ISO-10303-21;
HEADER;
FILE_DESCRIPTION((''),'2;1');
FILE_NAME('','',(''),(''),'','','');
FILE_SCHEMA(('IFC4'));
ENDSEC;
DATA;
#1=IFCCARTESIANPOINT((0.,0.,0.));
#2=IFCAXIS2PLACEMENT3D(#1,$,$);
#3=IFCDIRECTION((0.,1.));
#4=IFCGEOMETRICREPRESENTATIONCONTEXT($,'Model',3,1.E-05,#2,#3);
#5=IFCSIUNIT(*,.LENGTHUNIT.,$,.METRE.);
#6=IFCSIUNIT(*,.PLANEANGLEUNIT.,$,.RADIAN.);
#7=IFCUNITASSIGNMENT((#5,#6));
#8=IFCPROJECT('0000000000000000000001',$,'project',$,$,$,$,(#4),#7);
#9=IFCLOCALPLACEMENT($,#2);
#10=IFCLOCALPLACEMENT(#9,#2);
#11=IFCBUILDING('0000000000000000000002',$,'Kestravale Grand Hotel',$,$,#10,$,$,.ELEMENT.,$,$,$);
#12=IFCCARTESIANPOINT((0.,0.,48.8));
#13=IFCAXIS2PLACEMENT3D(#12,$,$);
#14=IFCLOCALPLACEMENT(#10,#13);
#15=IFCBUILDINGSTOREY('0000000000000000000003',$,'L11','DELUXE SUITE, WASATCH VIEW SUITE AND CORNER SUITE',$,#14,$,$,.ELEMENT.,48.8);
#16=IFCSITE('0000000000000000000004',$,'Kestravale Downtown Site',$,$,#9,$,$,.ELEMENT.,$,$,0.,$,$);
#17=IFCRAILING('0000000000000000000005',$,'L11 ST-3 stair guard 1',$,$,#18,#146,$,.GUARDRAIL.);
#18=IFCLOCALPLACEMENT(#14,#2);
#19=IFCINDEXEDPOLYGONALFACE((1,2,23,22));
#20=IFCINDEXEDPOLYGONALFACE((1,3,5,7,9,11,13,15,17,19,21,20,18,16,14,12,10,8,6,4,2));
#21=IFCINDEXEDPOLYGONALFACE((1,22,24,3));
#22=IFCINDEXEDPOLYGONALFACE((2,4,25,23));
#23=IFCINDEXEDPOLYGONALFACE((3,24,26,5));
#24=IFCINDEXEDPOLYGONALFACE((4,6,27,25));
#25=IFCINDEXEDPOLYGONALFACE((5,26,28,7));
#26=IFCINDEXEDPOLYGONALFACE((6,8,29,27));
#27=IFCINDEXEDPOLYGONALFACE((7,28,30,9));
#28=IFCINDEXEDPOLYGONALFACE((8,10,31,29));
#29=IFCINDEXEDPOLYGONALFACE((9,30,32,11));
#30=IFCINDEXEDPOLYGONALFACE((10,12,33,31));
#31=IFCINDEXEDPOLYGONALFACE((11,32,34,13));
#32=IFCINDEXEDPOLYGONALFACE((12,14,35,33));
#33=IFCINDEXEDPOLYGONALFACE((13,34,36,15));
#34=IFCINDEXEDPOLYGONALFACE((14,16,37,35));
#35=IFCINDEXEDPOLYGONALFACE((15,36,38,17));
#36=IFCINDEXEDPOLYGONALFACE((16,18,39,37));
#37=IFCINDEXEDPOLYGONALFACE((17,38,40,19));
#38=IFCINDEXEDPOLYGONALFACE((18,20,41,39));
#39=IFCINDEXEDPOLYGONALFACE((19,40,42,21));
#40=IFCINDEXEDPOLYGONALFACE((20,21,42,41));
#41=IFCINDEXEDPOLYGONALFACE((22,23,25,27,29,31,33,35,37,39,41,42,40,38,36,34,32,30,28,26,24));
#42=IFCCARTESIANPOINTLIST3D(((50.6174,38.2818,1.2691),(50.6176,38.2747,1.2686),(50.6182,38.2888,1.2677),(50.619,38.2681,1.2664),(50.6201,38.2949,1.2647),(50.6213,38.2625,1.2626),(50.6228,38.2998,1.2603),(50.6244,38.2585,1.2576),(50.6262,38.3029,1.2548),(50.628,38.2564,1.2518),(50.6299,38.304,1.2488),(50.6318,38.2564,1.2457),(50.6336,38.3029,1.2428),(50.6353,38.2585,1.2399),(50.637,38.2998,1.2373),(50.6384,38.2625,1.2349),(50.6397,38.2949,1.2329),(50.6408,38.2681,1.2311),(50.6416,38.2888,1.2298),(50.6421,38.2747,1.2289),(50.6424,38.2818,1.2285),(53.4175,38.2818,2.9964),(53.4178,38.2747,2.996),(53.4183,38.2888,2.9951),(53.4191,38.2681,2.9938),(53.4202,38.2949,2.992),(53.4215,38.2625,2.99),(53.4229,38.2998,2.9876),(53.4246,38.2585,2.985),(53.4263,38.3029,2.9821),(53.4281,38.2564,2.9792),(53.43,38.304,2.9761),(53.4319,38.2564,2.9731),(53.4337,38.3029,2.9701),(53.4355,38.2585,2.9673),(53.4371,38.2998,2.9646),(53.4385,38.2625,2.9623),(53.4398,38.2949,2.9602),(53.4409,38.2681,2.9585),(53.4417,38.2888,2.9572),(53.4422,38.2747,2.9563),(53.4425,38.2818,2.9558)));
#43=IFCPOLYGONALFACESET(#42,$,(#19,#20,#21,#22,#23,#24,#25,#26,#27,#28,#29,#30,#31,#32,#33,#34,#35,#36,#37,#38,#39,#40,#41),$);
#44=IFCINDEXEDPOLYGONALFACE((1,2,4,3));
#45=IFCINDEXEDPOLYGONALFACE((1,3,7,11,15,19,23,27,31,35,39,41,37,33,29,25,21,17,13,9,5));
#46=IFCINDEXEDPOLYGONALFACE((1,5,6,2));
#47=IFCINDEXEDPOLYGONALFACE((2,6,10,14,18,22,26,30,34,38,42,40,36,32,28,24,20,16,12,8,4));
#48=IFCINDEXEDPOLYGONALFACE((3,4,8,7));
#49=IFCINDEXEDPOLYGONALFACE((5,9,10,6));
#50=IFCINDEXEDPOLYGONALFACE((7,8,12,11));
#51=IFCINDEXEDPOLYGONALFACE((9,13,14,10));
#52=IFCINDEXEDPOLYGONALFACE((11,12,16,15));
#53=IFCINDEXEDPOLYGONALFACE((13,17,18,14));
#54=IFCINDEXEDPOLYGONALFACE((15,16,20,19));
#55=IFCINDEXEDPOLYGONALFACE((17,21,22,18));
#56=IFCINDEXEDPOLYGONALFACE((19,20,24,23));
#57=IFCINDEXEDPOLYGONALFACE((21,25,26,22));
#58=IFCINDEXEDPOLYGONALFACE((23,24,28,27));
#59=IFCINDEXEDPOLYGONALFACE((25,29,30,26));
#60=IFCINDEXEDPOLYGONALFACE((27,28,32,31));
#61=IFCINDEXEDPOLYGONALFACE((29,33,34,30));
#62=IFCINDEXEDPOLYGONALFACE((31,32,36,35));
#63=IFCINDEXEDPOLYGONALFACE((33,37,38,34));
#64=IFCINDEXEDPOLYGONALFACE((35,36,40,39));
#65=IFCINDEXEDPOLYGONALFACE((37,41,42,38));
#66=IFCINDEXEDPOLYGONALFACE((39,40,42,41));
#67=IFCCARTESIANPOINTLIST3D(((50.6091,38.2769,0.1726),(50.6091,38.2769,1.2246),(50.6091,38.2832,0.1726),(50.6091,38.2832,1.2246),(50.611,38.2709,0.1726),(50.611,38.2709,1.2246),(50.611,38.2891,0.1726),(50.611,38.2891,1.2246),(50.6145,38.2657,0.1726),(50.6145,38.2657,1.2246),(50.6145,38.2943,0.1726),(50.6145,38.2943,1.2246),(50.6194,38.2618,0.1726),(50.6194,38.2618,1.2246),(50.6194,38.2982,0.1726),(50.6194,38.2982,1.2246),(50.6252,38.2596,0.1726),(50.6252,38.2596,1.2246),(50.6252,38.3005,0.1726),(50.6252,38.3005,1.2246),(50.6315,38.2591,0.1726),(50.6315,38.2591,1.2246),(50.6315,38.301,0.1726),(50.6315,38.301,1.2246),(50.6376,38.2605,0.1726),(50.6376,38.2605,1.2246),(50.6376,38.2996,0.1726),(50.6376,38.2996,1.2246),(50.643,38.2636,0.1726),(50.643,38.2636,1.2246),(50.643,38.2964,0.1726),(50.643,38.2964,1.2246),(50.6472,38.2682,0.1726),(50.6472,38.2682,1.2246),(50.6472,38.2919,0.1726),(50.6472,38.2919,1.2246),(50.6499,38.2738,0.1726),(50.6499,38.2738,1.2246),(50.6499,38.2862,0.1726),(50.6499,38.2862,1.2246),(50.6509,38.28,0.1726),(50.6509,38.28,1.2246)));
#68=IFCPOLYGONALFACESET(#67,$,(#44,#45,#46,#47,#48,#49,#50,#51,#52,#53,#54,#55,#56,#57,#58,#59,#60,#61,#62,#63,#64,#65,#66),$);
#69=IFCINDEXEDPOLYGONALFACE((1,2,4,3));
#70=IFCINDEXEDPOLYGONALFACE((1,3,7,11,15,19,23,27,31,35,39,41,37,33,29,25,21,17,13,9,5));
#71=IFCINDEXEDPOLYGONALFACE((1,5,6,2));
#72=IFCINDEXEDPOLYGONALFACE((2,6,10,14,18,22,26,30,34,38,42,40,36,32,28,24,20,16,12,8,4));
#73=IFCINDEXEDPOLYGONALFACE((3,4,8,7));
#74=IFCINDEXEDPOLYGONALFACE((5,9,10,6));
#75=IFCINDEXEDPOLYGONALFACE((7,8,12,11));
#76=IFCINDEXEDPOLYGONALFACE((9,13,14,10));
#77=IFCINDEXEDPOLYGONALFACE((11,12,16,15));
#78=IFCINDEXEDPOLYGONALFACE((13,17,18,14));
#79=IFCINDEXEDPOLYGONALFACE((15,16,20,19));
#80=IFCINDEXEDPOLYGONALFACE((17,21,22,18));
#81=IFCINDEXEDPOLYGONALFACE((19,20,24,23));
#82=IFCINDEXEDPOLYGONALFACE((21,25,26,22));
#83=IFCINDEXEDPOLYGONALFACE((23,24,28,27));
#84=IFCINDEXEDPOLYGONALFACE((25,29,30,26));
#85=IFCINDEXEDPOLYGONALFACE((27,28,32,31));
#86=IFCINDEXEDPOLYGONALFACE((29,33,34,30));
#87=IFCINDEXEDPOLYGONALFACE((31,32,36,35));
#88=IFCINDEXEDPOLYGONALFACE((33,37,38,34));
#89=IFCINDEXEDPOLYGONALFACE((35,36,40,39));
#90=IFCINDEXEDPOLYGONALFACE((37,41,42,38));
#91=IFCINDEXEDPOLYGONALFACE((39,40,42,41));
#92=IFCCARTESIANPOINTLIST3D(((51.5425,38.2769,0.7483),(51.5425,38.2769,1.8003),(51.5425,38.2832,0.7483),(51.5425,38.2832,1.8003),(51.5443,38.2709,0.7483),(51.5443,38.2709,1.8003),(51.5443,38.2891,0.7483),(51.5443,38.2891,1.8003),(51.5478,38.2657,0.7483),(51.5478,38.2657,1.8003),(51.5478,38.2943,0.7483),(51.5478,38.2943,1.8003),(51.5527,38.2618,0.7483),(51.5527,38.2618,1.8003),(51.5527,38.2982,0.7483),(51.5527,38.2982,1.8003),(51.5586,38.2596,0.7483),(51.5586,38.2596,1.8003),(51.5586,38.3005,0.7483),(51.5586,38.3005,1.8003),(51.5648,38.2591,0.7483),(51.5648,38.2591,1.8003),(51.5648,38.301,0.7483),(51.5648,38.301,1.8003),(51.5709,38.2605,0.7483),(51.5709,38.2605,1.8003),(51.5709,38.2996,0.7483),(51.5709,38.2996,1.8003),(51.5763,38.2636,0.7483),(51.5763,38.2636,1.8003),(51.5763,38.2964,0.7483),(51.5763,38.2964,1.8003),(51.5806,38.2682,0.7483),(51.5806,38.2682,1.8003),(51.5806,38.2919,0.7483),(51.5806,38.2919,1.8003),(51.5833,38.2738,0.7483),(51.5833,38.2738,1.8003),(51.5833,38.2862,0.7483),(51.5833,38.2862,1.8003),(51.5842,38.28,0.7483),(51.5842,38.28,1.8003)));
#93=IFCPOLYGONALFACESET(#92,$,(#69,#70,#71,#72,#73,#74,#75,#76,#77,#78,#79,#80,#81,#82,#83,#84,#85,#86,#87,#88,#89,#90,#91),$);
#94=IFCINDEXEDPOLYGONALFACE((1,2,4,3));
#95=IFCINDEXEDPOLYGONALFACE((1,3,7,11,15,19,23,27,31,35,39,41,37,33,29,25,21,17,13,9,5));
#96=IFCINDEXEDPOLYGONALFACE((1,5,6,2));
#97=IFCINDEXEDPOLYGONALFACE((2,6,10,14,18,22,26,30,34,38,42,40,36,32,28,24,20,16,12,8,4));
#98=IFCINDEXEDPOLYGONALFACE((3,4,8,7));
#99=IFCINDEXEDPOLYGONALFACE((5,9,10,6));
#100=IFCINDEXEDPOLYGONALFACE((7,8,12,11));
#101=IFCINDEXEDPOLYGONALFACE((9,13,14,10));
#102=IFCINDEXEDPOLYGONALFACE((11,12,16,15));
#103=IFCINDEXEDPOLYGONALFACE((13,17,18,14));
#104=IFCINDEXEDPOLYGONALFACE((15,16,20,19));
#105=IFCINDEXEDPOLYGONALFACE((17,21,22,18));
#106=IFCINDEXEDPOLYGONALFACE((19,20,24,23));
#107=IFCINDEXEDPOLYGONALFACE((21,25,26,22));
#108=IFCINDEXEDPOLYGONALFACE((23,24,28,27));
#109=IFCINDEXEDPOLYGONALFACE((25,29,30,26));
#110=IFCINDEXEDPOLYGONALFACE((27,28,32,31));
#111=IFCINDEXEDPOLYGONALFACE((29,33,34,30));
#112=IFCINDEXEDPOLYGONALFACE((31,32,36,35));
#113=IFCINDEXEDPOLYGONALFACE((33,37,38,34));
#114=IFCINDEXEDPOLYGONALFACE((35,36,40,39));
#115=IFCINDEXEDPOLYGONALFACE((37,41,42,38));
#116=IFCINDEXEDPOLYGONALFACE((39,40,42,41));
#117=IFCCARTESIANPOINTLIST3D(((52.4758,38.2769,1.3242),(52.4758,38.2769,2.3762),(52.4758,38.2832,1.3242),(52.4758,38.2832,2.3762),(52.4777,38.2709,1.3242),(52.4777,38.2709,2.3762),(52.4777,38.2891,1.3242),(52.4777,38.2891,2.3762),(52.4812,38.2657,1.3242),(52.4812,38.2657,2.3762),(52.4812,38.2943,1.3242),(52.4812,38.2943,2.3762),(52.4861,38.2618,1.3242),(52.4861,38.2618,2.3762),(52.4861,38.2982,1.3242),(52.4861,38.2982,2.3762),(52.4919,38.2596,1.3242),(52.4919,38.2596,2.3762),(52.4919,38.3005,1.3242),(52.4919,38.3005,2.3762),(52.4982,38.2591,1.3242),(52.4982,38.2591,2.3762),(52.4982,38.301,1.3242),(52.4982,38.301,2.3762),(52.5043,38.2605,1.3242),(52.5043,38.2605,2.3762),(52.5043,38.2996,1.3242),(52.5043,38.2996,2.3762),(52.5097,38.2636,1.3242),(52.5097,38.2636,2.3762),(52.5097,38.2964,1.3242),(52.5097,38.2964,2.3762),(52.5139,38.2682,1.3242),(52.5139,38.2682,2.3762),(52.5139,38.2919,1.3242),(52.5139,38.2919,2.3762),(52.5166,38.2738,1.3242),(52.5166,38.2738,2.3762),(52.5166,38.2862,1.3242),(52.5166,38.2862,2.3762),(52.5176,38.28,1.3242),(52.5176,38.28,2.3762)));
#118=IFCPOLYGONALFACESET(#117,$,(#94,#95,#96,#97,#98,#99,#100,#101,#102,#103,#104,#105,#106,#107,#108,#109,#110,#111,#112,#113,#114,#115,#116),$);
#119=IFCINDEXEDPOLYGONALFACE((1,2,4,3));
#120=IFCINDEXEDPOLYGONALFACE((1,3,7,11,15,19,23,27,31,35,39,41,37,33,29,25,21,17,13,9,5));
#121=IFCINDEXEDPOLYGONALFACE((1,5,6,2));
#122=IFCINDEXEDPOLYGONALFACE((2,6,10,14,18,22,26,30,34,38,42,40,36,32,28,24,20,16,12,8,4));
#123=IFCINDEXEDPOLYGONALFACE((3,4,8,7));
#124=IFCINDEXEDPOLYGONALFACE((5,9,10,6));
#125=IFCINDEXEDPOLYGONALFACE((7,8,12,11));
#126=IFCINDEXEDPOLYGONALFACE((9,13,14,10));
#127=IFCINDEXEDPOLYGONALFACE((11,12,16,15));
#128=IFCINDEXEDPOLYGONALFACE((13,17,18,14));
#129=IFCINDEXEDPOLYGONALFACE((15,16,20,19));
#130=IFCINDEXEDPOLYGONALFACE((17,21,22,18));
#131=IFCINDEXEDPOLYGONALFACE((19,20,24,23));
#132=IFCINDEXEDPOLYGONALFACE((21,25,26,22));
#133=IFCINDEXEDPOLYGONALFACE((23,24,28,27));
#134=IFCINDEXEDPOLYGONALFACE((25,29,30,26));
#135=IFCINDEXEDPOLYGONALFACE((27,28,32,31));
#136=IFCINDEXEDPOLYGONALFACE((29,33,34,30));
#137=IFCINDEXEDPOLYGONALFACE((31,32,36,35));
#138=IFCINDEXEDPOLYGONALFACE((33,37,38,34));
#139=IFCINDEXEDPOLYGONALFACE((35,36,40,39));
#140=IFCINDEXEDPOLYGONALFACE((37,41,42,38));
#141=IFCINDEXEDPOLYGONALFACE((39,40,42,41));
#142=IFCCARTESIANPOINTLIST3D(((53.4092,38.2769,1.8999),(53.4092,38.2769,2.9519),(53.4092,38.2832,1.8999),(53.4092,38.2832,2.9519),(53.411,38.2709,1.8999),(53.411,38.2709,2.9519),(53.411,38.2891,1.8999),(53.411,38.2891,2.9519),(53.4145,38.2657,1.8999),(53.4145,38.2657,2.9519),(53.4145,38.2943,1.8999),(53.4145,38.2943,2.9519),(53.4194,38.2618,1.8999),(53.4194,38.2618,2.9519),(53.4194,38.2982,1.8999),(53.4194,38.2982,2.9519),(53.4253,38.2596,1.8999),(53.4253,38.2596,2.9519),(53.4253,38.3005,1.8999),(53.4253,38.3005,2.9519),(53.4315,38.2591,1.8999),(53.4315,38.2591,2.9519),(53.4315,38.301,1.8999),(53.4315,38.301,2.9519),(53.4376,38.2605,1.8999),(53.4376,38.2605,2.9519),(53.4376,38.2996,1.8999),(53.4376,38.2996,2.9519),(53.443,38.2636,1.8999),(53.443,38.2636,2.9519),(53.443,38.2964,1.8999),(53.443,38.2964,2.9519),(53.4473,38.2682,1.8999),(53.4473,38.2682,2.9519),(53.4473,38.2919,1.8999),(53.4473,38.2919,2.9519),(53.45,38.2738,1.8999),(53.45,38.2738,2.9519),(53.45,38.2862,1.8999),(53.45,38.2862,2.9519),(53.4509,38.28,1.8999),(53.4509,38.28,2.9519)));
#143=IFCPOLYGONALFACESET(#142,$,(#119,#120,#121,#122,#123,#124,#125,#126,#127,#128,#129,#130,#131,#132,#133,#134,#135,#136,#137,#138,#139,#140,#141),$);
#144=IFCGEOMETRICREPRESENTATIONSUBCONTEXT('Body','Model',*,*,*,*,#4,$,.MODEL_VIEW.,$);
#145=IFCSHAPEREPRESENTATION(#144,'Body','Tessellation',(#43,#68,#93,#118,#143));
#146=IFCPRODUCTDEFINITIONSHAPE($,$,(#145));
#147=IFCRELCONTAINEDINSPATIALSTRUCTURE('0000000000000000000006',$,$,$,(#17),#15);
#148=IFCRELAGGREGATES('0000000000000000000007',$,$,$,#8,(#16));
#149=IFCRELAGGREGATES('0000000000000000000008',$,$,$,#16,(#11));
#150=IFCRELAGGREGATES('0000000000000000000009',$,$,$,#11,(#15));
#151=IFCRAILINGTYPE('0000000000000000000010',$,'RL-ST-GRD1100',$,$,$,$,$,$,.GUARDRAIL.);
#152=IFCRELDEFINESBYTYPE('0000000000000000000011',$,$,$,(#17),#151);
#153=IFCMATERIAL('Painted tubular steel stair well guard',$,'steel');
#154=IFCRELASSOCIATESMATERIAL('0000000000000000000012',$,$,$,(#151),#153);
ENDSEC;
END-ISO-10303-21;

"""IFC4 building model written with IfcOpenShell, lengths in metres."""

from ifc_helpers import new_model, si_unit, direction, frame, origin, origin_2d, place, context, subcontext, project, spatial, circle, extrude, material, type_object, element, save


model = new_model("IFC4")

# Units and contexts
model_context = context("Model", 3, precision=1e-05, world=origin(), true_north=direction((0.0, 1.0)))
body_context = subcontext(model_context, "Body", "Model", "MODEL_VIEW")
ifc_project = project(units=[si_unit("LENGTHUNIT", "METRE"), si_unit("PLANEANGLEUNIT", "RADIAN")], contexts=[model_context])

# Site, building, storey
site_placement = place(None, origin())
site = spatial("IfcSite", under=ifc_project, at=site_placement, Name="Kestravale Downtown Site", CompositionType="ELEMENT", RefElevation=0.0)
building_placement = place(site_placement, origin())
building = spatial("IfcBuilding", under=site, at=building_placement, Name="Kestravale Grand Hotel", CompositionType="ELEMENT")
storey_placement = place(building_placement, frame((0.0, 0.0, 48.8)))
storey = spatial("IfcBuildingStorey", under=building, at=storey_placement, Name="L11", Description="DELUXE SUITE, WASATCH VIEW SUITE AND CORNER SUITE", CompositionType="ELEMENT", Elevation=48.8)

# Railing
ifc_material_1 = material(Name="Painted tubular steel stair well guard", Category="steel")
railing_type_1 = type_object("IfcRailingType", Name="RL-ST-GRD1100", PredefinedType="GUARDRAIL", material=ifc_material_1)
railing_1_placement = place(storey_placement, frame((50.6299, 38.28, 0.1726)))
element("IfcRailing", 1, at=railing_1_placement, inside=storey, type_object=railing_type_1, Name="L11 ST-3 stair guard 1", PredefinedType="GUARDRAIL", context=body_context, shape_type="SweptSolid", body=[
    extrude(circle(Radius=0.0239, at=origin_2d()), frame((0.0, 0.0, 1.0762), z_axis=(0.85109, 0.0, 0.52502), x_axis=(0.0, 1.0, 0.0)), (0.0, 0.0, 1.0), 3.29),
    extrude(circle(Radius=0.021, at=origin_2d()), origin(), (0.0, 0.0, 1.0), 1.052),
    extrude(circle(Radius=0.021, at=origin_2d()), frame((0.9333, 0.0, 0.5757)), (0.0, 0.0, 1.0), 1.052),
    extrude(circle(Radius=0.021, at=origin_2d()), frame((1.8667, 0.0, 1.1516)), (0.0, 0.0, 1.0), 1.052),
    extrude(circle(Radius=0.021, at=origin_2d()), frame((2.8, 0.0, 1.7273)), (0.0, 0.0, 1.0), 1.052),
])

save(model, "model.ifc")
